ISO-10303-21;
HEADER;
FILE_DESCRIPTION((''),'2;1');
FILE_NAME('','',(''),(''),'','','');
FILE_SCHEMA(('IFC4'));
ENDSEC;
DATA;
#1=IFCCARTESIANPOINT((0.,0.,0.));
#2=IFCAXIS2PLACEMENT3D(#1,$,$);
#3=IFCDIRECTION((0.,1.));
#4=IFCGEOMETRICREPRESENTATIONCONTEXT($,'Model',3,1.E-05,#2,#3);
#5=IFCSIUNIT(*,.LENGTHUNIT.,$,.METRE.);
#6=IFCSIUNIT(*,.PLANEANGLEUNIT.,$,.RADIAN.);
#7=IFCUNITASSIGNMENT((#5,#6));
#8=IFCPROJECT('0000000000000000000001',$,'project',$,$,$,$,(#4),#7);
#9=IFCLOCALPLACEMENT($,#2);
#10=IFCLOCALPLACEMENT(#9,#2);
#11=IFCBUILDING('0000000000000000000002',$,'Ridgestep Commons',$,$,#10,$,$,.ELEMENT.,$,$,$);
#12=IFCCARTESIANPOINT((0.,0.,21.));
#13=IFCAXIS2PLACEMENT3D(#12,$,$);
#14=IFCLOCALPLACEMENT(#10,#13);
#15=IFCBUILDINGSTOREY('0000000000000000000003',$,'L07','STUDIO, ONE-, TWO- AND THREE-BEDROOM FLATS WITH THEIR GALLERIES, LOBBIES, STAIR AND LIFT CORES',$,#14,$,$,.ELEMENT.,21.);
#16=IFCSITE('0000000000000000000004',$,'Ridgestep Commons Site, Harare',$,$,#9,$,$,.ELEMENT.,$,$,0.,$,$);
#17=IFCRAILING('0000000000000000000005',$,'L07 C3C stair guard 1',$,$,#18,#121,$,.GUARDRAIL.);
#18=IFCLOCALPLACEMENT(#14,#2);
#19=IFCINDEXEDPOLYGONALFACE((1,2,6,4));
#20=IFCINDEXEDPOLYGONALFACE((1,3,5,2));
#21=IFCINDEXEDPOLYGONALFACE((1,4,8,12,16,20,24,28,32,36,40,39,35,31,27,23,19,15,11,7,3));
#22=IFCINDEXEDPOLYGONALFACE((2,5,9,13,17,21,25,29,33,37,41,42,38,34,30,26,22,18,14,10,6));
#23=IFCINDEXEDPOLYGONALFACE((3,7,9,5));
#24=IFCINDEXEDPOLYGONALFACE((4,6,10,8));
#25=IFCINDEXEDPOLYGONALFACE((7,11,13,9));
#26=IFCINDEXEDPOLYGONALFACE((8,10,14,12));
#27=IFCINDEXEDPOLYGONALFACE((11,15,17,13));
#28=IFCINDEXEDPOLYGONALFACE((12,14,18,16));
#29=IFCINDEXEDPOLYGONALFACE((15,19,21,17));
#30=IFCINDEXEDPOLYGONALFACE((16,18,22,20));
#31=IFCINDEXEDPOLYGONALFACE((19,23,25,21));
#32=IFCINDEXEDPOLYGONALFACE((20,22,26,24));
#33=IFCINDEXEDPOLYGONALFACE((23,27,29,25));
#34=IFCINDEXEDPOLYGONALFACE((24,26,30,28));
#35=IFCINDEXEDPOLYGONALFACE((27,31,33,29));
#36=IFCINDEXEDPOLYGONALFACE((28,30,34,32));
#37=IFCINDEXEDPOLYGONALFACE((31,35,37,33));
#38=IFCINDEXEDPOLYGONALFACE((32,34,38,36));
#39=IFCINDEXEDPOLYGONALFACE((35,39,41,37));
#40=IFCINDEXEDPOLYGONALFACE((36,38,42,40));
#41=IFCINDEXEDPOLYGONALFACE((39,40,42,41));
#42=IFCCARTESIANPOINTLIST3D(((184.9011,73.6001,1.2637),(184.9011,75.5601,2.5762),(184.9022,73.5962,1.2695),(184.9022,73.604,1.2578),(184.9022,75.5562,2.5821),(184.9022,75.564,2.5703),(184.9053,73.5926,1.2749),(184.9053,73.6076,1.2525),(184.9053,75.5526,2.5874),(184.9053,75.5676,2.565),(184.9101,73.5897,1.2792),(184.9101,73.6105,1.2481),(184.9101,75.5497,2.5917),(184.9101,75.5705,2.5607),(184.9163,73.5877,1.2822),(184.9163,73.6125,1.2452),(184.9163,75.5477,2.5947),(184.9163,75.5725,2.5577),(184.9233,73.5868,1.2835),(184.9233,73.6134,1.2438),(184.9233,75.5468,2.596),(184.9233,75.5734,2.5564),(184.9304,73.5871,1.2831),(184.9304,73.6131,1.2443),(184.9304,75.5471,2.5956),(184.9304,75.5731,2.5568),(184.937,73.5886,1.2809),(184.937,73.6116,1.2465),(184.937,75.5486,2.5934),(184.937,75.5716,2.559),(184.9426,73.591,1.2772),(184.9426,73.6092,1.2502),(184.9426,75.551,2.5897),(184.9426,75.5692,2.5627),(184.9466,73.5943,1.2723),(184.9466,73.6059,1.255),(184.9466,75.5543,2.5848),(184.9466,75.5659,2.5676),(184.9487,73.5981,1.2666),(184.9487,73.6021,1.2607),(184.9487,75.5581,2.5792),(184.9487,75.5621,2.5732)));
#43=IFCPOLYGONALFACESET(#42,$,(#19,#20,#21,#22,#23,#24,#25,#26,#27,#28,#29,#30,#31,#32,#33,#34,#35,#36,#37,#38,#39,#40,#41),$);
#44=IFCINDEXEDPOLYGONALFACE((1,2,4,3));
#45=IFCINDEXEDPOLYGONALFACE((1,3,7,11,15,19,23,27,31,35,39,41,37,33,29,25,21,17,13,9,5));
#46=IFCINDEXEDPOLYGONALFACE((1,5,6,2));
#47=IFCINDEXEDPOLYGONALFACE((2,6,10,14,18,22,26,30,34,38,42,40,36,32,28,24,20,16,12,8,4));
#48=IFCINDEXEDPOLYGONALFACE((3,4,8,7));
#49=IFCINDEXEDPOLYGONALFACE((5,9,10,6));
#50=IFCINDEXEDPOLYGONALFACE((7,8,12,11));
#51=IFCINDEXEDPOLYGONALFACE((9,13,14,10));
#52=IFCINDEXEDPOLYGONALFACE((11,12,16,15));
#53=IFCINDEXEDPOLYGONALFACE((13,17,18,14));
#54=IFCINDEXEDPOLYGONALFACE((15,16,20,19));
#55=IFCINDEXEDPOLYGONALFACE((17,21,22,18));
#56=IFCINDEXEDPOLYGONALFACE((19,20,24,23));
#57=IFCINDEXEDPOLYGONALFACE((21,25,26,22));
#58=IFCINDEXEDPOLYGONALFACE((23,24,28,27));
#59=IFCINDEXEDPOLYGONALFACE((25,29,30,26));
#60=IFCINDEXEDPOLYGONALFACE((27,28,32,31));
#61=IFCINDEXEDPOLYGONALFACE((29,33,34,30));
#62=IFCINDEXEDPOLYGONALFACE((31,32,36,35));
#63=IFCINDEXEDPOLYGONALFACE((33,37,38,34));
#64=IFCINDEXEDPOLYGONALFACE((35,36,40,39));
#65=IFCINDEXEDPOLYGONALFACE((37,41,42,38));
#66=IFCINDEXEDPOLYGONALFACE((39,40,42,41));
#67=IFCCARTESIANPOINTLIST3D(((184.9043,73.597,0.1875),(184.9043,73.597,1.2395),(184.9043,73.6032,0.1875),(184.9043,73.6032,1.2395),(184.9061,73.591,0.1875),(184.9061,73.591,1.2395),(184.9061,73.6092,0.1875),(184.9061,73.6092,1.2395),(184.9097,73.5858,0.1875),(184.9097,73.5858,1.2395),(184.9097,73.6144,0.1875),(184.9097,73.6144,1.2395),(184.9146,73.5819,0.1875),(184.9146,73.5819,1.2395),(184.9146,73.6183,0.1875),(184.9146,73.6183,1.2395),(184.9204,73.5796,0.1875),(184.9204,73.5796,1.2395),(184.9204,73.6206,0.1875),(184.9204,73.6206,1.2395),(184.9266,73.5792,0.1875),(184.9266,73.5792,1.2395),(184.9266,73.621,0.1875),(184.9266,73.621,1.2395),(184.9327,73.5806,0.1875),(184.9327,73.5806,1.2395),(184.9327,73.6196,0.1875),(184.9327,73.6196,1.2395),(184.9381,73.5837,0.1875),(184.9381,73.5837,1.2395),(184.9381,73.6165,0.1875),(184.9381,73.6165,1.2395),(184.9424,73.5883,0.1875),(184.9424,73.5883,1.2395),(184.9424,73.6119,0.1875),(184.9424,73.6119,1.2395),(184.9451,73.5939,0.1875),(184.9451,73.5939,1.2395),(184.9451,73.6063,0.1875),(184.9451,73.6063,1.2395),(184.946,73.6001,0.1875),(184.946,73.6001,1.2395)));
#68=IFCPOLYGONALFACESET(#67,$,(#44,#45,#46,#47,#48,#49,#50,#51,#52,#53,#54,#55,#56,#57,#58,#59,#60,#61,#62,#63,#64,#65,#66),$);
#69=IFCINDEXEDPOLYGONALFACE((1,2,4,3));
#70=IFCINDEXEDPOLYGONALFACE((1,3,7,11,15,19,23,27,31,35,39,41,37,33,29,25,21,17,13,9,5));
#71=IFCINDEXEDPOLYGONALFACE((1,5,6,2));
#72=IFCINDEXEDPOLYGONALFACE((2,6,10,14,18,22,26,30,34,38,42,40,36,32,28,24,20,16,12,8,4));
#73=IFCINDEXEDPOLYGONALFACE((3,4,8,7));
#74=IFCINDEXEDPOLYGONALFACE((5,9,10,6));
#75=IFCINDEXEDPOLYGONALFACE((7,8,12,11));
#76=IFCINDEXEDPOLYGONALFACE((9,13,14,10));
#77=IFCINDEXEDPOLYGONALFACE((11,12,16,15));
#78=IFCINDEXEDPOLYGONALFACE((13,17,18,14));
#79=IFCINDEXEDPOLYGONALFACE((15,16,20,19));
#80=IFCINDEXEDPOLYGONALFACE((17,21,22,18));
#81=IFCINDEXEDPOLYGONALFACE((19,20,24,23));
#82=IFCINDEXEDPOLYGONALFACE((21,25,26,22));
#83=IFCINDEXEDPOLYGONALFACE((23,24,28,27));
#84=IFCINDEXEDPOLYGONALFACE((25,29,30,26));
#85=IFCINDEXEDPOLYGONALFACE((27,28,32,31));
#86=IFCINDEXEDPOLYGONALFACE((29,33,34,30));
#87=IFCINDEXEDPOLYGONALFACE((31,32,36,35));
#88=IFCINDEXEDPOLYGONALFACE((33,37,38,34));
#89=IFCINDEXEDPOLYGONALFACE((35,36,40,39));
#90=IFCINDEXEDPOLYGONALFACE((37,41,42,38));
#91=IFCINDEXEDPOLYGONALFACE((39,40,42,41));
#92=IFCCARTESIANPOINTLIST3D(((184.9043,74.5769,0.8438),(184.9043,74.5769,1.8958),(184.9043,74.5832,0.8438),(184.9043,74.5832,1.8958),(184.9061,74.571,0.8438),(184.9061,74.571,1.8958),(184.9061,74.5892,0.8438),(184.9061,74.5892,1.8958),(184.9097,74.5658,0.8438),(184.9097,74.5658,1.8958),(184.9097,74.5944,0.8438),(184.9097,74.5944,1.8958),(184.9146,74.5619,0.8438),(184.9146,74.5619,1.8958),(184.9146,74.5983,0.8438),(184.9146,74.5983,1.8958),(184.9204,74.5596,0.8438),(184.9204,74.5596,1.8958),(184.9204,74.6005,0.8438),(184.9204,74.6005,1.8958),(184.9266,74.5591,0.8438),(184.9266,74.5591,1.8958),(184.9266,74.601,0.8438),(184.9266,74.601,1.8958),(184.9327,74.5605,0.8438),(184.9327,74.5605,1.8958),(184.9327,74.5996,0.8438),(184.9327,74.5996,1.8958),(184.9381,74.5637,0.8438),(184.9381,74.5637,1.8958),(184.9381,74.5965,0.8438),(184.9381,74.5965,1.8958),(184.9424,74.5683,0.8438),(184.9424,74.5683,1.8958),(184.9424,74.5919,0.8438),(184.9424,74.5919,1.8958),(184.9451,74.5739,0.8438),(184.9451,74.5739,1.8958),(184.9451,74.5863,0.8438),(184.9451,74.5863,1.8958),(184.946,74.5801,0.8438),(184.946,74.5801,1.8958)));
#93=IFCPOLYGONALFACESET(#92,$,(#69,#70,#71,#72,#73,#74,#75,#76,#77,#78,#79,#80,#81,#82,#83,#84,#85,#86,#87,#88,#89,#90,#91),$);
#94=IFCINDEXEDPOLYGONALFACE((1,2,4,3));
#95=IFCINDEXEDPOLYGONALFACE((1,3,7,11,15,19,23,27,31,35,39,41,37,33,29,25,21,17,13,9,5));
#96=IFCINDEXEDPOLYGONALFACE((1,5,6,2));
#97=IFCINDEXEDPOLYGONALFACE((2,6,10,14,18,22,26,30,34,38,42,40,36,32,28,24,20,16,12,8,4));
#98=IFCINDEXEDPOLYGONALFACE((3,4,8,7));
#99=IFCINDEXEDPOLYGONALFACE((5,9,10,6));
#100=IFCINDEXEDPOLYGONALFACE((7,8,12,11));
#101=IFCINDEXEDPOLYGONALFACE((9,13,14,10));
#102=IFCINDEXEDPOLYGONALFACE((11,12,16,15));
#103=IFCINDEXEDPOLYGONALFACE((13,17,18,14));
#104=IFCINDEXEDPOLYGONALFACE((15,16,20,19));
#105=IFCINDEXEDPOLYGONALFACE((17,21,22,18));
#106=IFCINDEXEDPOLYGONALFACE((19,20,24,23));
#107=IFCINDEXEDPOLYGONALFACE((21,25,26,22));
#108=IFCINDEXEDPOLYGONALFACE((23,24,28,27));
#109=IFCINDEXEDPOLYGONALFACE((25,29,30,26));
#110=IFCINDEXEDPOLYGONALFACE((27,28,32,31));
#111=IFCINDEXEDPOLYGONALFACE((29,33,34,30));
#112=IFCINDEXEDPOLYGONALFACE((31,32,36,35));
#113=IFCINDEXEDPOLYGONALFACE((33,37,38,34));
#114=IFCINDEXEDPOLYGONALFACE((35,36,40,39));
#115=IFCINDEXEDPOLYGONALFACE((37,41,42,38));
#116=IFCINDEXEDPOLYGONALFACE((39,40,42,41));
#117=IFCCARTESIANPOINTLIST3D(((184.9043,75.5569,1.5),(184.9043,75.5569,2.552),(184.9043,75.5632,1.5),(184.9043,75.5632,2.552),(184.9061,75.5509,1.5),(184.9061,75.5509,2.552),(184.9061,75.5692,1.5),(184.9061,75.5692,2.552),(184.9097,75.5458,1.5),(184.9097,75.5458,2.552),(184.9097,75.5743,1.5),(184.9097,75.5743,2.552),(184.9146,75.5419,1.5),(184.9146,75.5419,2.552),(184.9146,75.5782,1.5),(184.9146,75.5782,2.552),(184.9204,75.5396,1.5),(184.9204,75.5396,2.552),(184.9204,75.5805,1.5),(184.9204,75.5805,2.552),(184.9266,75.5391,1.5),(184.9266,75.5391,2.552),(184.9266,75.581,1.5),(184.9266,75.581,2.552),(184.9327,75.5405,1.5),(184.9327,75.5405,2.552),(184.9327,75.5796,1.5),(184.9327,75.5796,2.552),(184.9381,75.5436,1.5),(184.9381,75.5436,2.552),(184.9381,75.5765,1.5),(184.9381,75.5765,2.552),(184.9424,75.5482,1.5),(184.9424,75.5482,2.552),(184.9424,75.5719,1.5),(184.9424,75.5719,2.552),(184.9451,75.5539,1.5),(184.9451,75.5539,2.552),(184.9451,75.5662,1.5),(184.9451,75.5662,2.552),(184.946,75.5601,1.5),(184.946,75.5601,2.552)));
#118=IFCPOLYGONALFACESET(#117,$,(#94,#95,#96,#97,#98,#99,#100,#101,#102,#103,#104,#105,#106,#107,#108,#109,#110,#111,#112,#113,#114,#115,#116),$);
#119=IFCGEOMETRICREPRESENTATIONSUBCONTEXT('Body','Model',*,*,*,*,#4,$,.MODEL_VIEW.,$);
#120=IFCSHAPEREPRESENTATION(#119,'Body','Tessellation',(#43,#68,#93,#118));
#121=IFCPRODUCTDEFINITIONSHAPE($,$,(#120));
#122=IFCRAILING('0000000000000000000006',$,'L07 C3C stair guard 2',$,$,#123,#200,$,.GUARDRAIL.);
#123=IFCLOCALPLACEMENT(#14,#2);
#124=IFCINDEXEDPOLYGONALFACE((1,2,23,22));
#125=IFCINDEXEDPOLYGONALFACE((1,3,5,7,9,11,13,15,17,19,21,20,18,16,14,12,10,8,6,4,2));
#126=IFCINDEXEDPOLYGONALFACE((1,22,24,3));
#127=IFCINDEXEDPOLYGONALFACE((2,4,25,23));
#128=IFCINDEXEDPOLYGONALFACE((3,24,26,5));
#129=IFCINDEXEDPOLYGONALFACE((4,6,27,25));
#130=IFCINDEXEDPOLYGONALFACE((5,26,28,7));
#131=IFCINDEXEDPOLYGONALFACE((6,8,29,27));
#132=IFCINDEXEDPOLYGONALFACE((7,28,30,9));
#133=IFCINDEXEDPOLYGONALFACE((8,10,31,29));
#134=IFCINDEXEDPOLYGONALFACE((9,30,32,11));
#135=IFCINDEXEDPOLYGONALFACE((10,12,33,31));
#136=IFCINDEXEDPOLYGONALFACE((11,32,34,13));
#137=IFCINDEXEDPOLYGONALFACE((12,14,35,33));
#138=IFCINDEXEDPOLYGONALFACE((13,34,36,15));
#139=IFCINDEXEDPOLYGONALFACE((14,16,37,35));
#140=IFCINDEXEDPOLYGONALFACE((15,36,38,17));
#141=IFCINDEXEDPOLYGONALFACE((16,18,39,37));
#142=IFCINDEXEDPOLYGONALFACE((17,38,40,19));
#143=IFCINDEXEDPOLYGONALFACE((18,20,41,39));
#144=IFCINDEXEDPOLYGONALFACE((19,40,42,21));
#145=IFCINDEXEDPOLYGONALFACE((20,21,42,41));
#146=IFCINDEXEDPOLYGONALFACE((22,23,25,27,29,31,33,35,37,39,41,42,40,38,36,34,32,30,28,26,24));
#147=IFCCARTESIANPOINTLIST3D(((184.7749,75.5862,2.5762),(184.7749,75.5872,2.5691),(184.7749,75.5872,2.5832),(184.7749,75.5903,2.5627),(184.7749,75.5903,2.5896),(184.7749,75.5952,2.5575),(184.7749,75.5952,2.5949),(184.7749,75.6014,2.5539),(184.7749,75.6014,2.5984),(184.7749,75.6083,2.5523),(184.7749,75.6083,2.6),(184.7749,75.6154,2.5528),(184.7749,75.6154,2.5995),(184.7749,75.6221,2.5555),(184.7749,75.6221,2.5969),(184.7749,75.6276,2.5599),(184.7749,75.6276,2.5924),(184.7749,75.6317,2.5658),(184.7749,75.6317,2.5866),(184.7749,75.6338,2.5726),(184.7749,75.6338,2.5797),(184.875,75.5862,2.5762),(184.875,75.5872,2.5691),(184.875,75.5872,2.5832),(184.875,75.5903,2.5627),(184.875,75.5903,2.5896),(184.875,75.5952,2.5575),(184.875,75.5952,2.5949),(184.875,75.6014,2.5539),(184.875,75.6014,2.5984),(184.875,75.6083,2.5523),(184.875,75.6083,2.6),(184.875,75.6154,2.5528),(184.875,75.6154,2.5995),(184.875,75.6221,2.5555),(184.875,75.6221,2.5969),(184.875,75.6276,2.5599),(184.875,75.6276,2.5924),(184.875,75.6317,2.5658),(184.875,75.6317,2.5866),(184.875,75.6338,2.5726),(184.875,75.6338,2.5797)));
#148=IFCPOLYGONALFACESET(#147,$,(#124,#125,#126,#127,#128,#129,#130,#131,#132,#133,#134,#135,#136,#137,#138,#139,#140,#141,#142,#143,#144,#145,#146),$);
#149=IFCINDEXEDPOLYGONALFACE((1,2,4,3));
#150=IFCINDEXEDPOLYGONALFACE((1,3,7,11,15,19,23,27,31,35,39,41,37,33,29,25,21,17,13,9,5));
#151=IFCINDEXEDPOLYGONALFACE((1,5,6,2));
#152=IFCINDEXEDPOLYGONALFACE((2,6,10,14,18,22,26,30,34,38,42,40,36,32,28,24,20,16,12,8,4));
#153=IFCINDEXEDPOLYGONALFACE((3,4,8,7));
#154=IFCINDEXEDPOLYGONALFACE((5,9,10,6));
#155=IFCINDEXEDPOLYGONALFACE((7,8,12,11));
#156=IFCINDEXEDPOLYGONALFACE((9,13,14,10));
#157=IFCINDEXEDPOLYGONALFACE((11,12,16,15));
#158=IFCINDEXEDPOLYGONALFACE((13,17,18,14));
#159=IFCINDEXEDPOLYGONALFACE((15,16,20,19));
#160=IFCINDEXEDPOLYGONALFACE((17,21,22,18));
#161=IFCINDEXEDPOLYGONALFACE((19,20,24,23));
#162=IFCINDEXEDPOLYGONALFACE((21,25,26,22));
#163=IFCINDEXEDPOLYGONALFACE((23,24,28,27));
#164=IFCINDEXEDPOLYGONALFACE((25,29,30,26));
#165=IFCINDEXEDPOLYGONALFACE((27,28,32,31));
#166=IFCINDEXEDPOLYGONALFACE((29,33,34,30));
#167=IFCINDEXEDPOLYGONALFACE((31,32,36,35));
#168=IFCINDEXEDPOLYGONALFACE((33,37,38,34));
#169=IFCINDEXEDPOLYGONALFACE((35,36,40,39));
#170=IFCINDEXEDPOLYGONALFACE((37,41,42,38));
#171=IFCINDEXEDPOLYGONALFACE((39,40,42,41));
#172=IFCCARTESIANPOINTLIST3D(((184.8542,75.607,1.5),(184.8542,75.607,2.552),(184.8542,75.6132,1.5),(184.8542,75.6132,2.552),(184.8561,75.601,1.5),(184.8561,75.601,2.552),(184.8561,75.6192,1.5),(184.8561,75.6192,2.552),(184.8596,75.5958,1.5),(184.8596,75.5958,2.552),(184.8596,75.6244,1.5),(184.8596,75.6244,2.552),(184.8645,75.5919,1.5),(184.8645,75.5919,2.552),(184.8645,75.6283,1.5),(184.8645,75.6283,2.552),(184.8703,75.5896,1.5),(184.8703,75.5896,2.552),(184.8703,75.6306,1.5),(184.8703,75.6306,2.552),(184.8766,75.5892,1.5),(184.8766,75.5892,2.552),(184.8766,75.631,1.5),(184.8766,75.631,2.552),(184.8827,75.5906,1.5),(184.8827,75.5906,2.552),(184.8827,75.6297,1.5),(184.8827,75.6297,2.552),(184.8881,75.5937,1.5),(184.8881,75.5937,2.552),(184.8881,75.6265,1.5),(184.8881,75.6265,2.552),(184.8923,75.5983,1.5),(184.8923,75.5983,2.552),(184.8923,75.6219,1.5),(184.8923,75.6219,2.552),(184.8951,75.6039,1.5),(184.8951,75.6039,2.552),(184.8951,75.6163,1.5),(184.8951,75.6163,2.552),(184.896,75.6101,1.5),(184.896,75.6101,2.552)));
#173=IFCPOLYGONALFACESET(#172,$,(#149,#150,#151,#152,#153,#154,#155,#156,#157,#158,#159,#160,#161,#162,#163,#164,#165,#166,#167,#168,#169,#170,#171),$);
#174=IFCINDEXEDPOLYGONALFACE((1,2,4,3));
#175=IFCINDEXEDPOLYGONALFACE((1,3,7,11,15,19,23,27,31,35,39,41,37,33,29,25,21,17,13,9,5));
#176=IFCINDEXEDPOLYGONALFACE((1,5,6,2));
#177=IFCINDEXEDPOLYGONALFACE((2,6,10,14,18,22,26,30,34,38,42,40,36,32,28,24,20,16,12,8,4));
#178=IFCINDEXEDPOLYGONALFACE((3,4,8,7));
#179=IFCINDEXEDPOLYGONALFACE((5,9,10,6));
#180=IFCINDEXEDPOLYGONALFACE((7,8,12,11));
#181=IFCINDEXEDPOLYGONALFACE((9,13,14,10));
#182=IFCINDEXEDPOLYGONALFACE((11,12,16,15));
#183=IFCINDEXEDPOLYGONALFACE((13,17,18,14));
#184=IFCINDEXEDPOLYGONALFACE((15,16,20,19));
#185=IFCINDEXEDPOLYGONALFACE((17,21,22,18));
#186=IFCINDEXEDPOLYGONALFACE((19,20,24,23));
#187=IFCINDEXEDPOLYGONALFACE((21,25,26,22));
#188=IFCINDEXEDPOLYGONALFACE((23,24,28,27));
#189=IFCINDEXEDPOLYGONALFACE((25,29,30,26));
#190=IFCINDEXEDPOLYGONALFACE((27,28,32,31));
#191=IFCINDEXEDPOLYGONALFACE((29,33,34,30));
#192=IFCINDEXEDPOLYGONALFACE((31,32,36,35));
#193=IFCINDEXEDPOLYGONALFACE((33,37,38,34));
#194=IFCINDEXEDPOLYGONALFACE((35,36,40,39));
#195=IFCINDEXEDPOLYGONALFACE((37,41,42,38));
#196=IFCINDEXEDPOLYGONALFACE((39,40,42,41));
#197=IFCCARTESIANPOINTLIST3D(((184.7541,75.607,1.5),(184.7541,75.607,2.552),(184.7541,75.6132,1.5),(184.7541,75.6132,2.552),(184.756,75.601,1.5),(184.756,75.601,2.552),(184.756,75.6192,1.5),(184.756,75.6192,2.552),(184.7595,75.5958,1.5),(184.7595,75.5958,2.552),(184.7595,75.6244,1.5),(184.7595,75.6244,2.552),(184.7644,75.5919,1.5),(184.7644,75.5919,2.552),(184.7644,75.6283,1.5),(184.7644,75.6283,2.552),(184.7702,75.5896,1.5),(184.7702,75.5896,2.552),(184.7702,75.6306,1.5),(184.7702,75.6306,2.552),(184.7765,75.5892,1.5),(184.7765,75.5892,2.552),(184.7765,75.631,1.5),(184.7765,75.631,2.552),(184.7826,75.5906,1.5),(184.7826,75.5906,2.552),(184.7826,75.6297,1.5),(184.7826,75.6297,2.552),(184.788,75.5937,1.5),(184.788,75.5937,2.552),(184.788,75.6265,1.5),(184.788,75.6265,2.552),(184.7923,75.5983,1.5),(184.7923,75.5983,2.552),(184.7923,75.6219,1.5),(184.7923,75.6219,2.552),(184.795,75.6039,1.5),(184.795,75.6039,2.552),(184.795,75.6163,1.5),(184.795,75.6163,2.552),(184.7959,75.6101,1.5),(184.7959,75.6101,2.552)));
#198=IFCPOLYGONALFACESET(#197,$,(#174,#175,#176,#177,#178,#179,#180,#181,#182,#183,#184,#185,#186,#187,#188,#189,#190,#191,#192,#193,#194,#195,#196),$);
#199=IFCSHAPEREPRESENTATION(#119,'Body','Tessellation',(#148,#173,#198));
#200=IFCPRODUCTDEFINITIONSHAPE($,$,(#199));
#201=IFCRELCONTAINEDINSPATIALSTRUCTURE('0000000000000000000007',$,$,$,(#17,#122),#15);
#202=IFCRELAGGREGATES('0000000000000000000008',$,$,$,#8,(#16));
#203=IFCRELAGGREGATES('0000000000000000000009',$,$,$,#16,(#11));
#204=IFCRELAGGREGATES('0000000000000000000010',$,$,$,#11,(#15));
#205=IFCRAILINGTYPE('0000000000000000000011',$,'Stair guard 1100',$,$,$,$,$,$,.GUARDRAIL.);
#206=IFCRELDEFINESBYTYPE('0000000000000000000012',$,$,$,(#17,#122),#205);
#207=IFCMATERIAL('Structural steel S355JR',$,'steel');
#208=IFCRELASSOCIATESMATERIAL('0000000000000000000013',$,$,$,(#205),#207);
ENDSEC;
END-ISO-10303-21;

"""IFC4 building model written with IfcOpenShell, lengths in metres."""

from ifc_helpers import new_model, si_unit, direction, frame, origin, origin_2d, place, context, subcontext, project, spatial, circle, extrude, material, type_object, element, save


model = new_model("IFC4")

# Units and contexts
model_context = context("Model", 3, precision=1e-05, world=origin(), true_north=direction((0.0, 1.0)))
body_context = subcontext(model_context, "Body", "Model", "MODEL_VIEW")
ifc_project = project(units=[si_unit("LENGTHUNIT", "METRE"), si_unit("PLANEANGLEUNIT", "RADIAN")], contexts=[model_context])

# Site, building, storey
site_placement = place(None, origin())
site = spatial("IfcSite", under=ifc_project, at=site_placement, Name="Ridgestep Commons Site, Harare", CompositionType="ELEMENT", RefElevation=0.0)
building_placement = place(site_placement, origin())
building = spatial("IfcBuilding", under=site, at=building_placement, Name="Ridgestep Commons", CompositionType="ELEMENT")
storey_placement = place(building_placement, frame((0.0, 0.0, 21.0)))
storey = spatial("IfcBuildingStorey", under=building, at=storey_placement, Name="L07", Description="STUDIO, ONE-, TWO- AND THREE-BEDROOM FLATS WITH THEIR GALLERIES, LOBBIES, STAIR AND LIFT CORES", CompositionType="ELEMENT", Elevation=21.0)

# Railings
ifc_material_1 = material(Name="Structural steel S355JR", Category="steel")
railing_type_1 = type_object("IfcRailingType", Name="Stair guard 1100", PredefinedType="GUARDRAIL", material=ifc_material_1)
railing_1_placement = place(storey_placement, frame((184.925, 73.6001, 0.1875)))
element("IfcRailing", 1, at=railing_1_placement, inside=storey, type_object=railing_type_1, Name="L07 C3C stair guard 1", PredefinedType="GUARDRAIL", context=body_context, shape_type="SweptSolid", body=[
    extrude(circle(Radius=0.0239, at=origin_2d()), frame((0.0, 0.0, 1.0762), z_axis=(0.0, 0.830902, 0.556419), x_axis=(-1.0, 0.0, 0.0)), (0.0, 0.0, 1.0), 2.3589),
    extrude(circle(Radius=0.021, at=origin_2d()), origin(), (0.0, 0.0, 1.0), 1.052),
    extrude(circle(Radius=0.021, at=origin_2d()), frame((0.0, 0.98, 0.6562)), (0.0, 0.0, 1.0), 1.052),
    extrude(circle(Radius=0.021, at=origin_2d()), frame((0.0, 1.96, 1.3125)), (0.0, 0.0, 1.0), 1.052),
])
railing_2_placement = place(storey_placement, frame((184.875, 75.6101, 1.5)))
element("IfcRailing", 2, at=railing_2_placement, inside=storey, type_object=railing_type_1, Name="L07 C3C stair guard 2", PredefinedType="GUARDRAIL", context=body_context, shape_type="SweptSolid", body=[
    extrude(circle(Radius=0.0239, at=origin_2d()), frame((0.0, 0.0, 1.0762), z_axis=(-1.0, 0.0, 0.0), x_axis=(0.0, -1.0, 0.0)), (0.0, 0.0, 1.0), 0.1001),
    extrude(circle(Radius=0.021, at=origin_2d()), origin(), (0.0, 0.0, 1.0), 1.052),
    extrude(circle(Radius=0.021, at=origin_2d()), frame((-0.1001, 0.0, 0.0)), (0.0, 0.0, 1.0), 1.052),
])

save(model, "model.ifc")
